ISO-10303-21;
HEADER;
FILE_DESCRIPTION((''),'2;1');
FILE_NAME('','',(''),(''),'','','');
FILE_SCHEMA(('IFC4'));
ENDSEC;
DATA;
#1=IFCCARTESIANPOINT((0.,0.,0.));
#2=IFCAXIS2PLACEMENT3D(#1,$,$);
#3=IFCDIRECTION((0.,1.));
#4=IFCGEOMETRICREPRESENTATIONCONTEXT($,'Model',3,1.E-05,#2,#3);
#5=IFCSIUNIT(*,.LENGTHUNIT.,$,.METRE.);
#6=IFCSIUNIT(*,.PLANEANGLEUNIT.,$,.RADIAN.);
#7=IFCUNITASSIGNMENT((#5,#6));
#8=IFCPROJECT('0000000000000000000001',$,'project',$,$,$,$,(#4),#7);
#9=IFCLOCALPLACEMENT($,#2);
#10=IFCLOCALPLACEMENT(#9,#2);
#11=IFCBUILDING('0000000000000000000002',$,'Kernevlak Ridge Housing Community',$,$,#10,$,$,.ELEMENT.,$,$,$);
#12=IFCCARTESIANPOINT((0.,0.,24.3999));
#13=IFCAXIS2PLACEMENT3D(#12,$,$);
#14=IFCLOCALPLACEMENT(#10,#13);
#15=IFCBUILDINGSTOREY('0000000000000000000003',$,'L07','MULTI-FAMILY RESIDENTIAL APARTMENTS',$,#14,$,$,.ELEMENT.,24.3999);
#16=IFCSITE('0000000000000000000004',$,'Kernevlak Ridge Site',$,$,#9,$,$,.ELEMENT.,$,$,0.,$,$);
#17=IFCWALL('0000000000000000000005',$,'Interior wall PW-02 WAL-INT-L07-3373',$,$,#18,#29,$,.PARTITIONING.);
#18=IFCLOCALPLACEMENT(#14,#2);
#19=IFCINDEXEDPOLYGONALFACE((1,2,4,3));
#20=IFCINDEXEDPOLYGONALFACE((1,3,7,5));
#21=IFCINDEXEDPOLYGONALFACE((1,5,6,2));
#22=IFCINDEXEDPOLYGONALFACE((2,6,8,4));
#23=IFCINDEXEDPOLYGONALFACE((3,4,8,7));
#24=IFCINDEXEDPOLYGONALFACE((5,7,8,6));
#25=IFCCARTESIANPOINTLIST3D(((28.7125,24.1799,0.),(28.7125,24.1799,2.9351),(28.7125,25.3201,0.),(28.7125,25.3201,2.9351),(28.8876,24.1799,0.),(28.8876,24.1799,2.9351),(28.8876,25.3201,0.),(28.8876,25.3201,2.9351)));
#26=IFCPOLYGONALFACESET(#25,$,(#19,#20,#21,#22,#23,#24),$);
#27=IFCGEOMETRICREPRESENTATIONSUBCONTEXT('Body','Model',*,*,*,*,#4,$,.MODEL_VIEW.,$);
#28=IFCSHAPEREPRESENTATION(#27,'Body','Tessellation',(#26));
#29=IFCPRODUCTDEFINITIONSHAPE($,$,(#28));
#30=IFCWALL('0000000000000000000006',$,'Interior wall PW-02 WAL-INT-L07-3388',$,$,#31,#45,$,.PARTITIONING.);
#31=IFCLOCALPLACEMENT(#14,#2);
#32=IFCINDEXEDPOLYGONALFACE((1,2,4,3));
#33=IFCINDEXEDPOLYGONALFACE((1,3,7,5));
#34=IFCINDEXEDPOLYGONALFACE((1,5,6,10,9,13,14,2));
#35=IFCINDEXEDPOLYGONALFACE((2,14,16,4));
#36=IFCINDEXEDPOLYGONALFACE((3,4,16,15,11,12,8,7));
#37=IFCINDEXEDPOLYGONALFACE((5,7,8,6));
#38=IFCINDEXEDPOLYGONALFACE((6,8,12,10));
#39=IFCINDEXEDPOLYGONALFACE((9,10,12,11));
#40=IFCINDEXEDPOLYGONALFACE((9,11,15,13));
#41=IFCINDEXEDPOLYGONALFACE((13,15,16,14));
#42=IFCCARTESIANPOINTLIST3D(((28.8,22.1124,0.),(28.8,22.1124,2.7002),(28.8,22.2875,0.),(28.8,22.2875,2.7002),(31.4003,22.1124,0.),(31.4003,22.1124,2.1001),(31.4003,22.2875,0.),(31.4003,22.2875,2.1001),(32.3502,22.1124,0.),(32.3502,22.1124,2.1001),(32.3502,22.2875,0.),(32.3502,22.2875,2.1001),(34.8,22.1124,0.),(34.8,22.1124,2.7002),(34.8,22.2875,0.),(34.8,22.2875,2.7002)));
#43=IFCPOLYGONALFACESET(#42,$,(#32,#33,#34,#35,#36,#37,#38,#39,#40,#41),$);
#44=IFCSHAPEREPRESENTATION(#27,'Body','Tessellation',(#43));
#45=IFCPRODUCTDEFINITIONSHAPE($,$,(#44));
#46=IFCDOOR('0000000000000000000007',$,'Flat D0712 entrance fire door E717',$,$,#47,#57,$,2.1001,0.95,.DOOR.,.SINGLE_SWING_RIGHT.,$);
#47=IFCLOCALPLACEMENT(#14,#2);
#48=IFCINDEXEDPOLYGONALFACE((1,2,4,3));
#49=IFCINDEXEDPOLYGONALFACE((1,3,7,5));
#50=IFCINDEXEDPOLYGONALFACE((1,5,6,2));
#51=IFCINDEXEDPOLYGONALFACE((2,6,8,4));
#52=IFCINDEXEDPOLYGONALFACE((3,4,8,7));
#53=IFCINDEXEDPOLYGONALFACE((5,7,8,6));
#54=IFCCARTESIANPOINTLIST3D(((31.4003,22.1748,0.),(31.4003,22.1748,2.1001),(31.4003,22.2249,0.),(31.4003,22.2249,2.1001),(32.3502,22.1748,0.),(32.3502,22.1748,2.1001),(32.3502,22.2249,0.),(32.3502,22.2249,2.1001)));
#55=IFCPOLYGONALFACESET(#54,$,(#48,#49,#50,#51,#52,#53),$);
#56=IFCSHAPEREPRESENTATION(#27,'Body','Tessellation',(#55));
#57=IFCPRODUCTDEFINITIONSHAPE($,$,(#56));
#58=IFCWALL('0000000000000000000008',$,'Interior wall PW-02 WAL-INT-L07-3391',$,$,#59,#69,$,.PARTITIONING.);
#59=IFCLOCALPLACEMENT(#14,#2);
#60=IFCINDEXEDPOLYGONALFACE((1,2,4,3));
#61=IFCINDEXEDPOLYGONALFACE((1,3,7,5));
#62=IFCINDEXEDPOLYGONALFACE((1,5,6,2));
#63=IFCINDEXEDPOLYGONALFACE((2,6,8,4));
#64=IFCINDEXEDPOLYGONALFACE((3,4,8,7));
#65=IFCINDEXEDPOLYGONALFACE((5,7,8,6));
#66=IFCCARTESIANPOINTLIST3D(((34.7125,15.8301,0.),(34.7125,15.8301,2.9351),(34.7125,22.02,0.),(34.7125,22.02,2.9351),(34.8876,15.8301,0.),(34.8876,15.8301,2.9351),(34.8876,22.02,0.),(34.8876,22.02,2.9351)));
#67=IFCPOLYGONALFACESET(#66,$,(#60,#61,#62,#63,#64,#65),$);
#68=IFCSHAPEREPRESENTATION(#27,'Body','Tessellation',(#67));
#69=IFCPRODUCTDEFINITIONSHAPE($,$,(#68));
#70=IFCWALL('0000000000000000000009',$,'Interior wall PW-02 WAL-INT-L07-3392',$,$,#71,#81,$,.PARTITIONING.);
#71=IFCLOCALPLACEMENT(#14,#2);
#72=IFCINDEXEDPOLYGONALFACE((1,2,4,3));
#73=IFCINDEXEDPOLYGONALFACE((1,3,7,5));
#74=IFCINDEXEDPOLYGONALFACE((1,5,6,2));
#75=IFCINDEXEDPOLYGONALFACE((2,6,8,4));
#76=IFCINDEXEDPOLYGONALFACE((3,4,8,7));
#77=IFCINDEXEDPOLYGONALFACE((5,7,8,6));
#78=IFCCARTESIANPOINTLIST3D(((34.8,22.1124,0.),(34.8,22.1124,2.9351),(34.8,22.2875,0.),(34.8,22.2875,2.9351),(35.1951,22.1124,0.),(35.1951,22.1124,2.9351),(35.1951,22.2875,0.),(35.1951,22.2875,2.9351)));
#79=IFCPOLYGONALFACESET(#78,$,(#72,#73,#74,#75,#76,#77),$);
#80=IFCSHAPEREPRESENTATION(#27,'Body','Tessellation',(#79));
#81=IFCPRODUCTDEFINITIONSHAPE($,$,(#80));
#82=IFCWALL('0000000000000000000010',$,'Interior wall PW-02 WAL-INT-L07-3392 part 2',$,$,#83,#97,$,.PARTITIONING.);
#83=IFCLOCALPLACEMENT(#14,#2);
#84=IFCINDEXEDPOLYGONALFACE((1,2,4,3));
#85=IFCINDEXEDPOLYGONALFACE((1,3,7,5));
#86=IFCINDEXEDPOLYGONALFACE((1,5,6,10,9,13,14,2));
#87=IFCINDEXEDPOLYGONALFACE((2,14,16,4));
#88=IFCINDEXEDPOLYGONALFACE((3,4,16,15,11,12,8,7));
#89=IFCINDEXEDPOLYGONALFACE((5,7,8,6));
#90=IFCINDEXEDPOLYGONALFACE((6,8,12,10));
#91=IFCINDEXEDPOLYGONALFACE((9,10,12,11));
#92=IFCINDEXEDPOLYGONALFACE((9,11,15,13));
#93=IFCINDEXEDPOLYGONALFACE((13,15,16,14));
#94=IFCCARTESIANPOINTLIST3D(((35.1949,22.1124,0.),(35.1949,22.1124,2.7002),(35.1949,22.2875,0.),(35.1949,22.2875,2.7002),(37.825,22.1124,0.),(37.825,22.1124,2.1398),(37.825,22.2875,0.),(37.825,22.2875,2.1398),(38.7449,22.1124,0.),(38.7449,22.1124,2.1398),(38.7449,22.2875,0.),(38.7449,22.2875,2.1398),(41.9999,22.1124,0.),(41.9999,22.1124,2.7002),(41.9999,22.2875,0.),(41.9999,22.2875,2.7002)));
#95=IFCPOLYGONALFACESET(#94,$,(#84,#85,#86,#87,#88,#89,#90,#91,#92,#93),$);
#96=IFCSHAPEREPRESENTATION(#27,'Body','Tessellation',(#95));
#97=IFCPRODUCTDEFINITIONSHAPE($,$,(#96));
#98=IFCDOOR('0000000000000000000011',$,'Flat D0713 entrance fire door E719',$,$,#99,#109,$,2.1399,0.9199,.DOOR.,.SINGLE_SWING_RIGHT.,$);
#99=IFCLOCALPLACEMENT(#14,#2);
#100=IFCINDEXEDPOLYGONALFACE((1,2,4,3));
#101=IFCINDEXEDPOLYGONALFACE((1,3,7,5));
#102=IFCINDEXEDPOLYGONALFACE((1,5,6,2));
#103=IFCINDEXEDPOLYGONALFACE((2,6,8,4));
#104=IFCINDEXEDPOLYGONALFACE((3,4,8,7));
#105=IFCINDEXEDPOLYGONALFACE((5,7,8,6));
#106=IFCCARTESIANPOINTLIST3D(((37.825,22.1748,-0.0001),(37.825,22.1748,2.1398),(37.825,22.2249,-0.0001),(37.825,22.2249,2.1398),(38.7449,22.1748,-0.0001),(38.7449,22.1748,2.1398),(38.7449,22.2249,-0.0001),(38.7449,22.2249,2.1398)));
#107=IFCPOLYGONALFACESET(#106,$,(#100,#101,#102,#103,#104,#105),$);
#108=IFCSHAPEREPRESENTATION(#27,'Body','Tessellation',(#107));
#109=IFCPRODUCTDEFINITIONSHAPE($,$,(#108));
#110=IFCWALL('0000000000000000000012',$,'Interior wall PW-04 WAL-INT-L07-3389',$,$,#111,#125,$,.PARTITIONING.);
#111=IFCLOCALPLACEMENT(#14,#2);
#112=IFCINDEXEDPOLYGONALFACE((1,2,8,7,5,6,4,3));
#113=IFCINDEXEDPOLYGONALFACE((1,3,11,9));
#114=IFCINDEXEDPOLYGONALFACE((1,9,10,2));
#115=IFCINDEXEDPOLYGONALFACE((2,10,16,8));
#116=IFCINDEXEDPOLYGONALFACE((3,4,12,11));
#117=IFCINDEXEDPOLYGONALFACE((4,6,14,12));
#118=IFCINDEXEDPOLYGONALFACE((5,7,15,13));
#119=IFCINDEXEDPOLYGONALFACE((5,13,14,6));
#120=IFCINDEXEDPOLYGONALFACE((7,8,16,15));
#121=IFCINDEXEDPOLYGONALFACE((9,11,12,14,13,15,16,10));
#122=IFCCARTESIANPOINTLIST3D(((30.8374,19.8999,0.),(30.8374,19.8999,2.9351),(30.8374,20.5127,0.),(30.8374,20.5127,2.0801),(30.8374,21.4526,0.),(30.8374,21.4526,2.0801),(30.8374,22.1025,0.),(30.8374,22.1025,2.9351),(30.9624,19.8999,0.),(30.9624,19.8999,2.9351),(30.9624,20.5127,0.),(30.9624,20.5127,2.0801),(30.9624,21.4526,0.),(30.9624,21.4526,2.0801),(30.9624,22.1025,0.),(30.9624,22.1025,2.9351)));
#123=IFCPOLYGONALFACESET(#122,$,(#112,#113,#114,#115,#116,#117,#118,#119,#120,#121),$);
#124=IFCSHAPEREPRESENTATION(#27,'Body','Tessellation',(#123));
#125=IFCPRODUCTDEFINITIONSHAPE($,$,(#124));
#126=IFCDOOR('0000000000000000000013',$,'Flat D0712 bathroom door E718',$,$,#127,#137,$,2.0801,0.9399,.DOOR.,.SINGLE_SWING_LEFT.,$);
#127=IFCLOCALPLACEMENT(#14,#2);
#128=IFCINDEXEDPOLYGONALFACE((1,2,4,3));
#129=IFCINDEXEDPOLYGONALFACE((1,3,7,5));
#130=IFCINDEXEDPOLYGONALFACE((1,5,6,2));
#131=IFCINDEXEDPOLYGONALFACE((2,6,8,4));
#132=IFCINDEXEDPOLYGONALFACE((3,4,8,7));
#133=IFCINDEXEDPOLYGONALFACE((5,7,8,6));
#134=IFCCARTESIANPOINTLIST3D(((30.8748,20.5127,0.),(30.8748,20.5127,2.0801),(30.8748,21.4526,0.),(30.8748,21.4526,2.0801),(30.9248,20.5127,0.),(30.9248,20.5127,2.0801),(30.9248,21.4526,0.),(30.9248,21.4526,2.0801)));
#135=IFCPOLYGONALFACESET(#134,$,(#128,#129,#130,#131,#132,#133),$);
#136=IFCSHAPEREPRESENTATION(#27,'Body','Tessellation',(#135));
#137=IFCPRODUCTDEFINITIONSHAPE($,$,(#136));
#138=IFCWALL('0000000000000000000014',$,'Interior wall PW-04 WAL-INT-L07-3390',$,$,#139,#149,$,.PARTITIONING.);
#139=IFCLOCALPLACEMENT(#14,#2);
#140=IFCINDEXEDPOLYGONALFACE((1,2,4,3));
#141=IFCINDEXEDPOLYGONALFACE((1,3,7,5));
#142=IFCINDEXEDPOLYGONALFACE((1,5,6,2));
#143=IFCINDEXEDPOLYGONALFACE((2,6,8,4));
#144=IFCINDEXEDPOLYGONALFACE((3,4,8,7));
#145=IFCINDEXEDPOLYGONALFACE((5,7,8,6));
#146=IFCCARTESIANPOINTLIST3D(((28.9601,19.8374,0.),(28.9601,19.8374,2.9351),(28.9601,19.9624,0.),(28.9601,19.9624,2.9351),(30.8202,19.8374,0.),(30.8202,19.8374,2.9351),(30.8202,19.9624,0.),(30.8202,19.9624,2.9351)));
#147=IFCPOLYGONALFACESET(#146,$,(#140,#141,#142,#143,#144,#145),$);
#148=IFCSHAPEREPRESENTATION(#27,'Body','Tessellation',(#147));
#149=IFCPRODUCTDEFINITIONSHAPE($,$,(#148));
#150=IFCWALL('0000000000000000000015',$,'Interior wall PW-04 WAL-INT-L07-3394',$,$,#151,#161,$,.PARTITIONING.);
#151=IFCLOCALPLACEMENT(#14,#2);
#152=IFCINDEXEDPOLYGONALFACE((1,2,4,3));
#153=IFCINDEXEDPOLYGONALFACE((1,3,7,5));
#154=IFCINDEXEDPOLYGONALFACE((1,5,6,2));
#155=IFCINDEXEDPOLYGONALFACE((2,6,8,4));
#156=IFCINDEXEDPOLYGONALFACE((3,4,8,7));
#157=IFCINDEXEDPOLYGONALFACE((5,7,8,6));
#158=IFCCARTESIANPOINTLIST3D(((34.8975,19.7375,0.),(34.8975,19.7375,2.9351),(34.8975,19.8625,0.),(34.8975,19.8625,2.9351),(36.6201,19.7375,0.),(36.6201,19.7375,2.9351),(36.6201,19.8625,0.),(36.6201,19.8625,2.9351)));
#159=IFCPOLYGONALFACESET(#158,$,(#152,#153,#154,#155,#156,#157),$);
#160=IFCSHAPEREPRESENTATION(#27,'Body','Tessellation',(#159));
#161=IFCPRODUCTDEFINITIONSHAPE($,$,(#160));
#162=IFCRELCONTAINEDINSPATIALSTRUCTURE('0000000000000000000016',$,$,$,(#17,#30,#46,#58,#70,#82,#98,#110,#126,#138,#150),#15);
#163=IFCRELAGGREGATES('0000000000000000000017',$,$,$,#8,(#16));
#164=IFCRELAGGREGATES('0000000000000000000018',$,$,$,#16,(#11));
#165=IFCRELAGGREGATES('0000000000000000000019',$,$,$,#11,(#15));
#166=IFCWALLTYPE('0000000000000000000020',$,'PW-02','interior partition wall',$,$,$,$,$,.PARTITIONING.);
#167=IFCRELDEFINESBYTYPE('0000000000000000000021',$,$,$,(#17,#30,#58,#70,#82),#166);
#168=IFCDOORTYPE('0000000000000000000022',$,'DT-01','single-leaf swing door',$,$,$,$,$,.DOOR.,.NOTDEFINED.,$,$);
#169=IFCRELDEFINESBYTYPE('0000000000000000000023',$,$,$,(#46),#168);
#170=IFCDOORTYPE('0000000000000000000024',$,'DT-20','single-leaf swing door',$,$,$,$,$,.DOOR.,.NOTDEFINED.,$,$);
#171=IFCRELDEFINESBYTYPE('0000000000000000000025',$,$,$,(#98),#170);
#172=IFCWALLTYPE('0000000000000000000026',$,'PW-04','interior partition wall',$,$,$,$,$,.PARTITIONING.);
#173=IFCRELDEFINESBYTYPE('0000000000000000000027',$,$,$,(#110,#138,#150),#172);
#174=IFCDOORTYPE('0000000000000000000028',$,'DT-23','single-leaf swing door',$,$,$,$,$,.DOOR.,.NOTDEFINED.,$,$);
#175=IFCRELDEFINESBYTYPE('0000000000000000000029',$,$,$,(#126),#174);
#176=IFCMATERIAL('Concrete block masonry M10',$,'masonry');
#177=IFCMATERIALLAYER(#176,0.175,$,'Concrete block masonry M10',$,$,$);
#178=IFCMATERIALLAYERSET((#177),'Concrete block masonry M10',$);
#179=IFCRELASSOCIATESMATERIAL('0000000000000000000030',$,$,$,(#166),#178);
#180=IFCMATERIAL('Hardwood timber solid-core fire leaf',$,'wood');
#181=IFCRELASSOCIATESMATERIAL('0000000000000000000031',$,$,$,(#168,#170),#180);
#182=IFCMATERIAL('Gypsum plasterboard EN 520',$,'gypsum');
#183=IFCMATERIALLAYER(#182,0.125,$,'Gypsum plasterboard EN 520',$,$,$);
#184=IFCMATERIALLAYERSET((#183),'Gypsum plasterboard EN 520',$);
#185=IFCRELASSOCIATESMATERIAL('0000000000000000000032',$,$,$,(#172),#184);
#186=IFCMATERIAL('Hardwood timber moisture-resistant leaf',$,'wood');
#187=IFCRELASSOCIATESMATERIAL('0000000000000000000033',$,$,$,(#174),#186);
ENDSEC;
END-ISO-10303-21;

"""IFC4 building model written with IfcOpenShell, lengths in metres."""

from ifc_helpers import new_model, si_unit, direction, frame, frame_2d, origin, place, context, subcontext, project, spatial, rectangle, extrude, material, layer, layer_set, type_object, element, fill, save


model = new_model("IFC4")

# Units and contexts
model_context = context("Model", 3, precision=1e-05, world=origin(), true_north=direction((0.0, 1.0)))
body_context = subcontext(model_context, "Body", "Model", "MODEL_VIEW")
ifc_project = project(units=[si_unit("LENGTHUNIT", "METRE"), si_unit("PLANEANGLEUNIT", "RADIAN")], contexts=[model_context])

# Site, building, storey
site_placement = place(None, origin())
site = spatial("IfcSite", under=ifc_project, at=site_placement, Name="Kernevlak Ridge Site", CompositionType="ELEMENT", RefElevation=0.0)
building_placement = place(site_placement, origin())
building = spatial("IfcBuilding", under=site, at=building_placement, Name="Kernevlak Ridge Housing Community", CompositionType="ELEMENT")
storey_placement = place(building_placement, frame((0.0, 0.0, 24.3999)))
storey = spatial("IfcBuildingStorey", under=building, at=storey_placement, Name="L07", Description="MULTI-FAMILY RESIDENTIAL APARTMENTS", CompositionType="ELEMENT", Elevation=24.3999)

# Shared definitions
ifc_material_1 = material(Name="Concrete block masonry M10", Category="masonry")

# Shared definitions
ifc_layer_1 = layer(ifc_material_1, 0.175, Name="Concrete block masonry M10")
ifc_layer_set_1 = layer_set([ifc_layer_1], Name="Concrete block masonry M10")
wall_type_1 = type_object("IfcWallType", Name="PW-02", Description="interior partition wall", PredefinedType="PARTITIONING", material=ifc_layer_set_1)

# Wall
wall_1_placement = place(storey_placement, frame((28.8, 24.1799, 0.0), z_axis=(0.0, 0.0, 1.0), x_axis=(0.0, 1.0, 0.0)))
element("IfcWall", 1, at=wall_1_placement, inside=storey, type_object=wall_type_1, Name="Interior wall PW-02 WAL-INT-L07-3373", PredefinedType="PARTITIONING", context=body_context, shape_type="SweptSolid", body=[
    extrude(rectangle(XDim=1.1401, YDim=0.175, at=frame_2d((0.5701, 0.0))), origin(), (0.0, 0.0, 1.0), 2.9351),
])

# Wall, opening, door
wall_2_placement = place(storey_placement, frame((28.8, 22.2, 0.0), z_axis=(0.0, 0.0, 1.0), x_axis=(1.0, 0.0, 0.0)))
wall_2 = element("IfcWall", 2, at=wall_2_placement, inside=storey, type_object=wall_type_1, Name="Interior wall PW-02 WAL-INT-L07-3388", PredefinedType="PARTITIONING", context=body_context, shape_type="SweptSolid", body=[
    extrude(rectangle(XDim=6.0, YDim=0.175, at=frame_2d((3.0, 0.0))), origin(), (0.0, 0.0, 1.0), 2.7002),
])
opening_1_placement = place(wall_2_placement, frame((2.6001, 0.0, 0.0)))
opening_1 = element("IfcOpeningElement", 3, at=opening_1_placement, cuts=wall_2, PredefinedType="OPENING", context=body_context, shape_type="SweptSolid", body=[
    extrude(rectangle(XDim=0.95, YDim=2.1001, at=frame_2d((0.4751, 1.05))), frame((0.0, 0.0974, 0.0), z_axis=(0.0, -1.0, 0.0), x_axis=(1.0, 0.0, 0.0)), (0.0, 0.0, 1.0), 0.1951),
])
ifc_material_2 = material(Name="Hardwood timber solid-core fire leaf", Category="wood")
door_type_1 = type_object("IfcDoorType", Name="DT-01", Description="single-leaf swing door", OperationType="NOTDEFINED", PredefinedType="DOOR", material=ifc_material_2)
door_1_placement = place(opening_1_placement, origin())
door_1 = element("IfcDoor", 4, at=door_1_placement, inside=storey, type_object=door_type_1, Name="Flat D0712 entrance fire door E717", OperationType="SINGLE_SWING_RIGHT", OverallHeight=2.1001, OverallWidth=0.95, PredefinedType="DOOR", context=body_context, shape_type="SweptSolid", body=[
    extrude(rectangle(XDim=0.95, YDim=2.1001, at=frame_2d((0.4751, 1.05))), frame((0.0, 0.0249, 0.0), z_axis=(0.0, -1.0, 0.0), x_axis=(1.0, 0.0, 0.0)), (0.0, 0.0, 1.0), 0.05),
])
fill(opening_1, door_1)

# Walls
wall_3_placement = place(storey_placement, frame((34.8, 22.02, 0.0), z_axis=(0.0, 0.0, 1.0), x_axis=(0.0, -1.0, 0.0)))
element("IfcWall", 5, at=wall_3_placement, inside=storey, type_object=wall_type_1, Name="Interior wall PW-02 WAL-INT-L07-3391", PredefinedType="PARTITIONING", context=body_context, shape_type="SweptSolid", body=[
    extrude(rectangle(XDim=6.1899, YDim=0.175, at=frame_2d((3.095, 0.0))), origin(), (0.0, 0.0, 1.0), 2.9351),
])
wall_4_placement = place(storey_placement, frame((34.8, 22.2, 0.0), z_axis=(0.0, 0.0, 1.0), x_axis=(1.0, 0.0, 0.0)))
element("IfcWall", 6, at=wall_4_placement, inside=storey, type_object=wall_type_1, Name="Interior wall PW-02 WAL-INT-L07-3392", PredefinedType="PARTITIONING", context=body_context, shape_type="SweptSolid", body=[
    extrude(rectangle(XDim=0.395, YDim=0.175, at=frame_2d((0.1975, 0.0))), origin(), (0.0, 0.0, 1.0), 2.9351),
])

# Walls, openings, doors
wall_5_placement = place(storey_placement, frame((35.1951, 22.2, 0.0), z_axis=(0.0, 0.0, 1.0), x_axis=(1.0, 0.0, 0.0)))
wall_5 = element("IfcWall", 7, at=wall_5_placement, inside=storey, type_object=wall_type_1, Name="Interior wall PW-02 WAL-INT-L07-3392 part 2", PredefinedType="PARTITIONING", context=body_context, shape_type="SweptSolid", body=[
    extrude(rectangle(XDim=6.8049, YDim=0.175, at=frame_2d((3.4023, 0.0))), origin(), (0.0, 0.0, 1.0), 2.7002),
])
opening_2_placement = place(wall_5_placement, frame((2.6299, 0.0, 0.0)))
opening_2 = element("IfcOpeningElement", 8, at=opening_2_placement, cuts=wall_5, PredefinedType="OPENING", context=body_context, shape_type="SweptSolid", body=[
    extrude(rectangle(XDim=0.9199, YDim=2.1399, at=frame_2d((0.46, 1.0698))), frame((0.0, 0.0974, 0.0), z_axis=(0.0, -1.0, 0.0), x_axis=(1.0, 0.0, 0.0)), (0.0, 0.0, 1.0), 0.1951),
])
door_type_2 = type_object("IfcDoorType", Name="DT-20", Description="single-leaf swing door", OperationType="NOTDEFINED", PredefinedType="DOOR", material=ifc_material_2)
door_2_placement = place(opening_2_placement, origin())
door_2 = element("IfcDoor", 9, at=door_2_placement, inside=storey, type_object=door_type_2, Name="Flat D0713 entrance fire door E719", OperationType="SINGLE_SWING_RIGHT", OverallHeight=2.1399, OverallWidth=0.9199, PredefinedType="DOOR", context=body_context, shape_type="SweptSolid", body=[
    extrude(rectangle(XDim=0.9199, YDim=2.1399, at=frame_2d((0.46, 1.0698))), frame((0.0, 0.0249, 0.0), z_axis=(0.0, -1.0, 0.0), x_axis=(1.0, 0.0, 0.0)), (0.0, 0.0, 1.0), 0.05),
])
fill(opening_2, door_2)
ifc_material_3 = material(Name="Gypsum plasterboard EN 520", Category="gypsum")
ifc_layer_2 = layer(ifc_material_3, 0.125, Name="Gypsum plasterboard EN 520")
ifc_layer_set_2 = layer_set([ifc_layer_2], Name="Gypsum plasterboard EN 520")
wall_type_2 = type_object("IfcWallType", Name="PW-04", Description="interior partition wall", PredefinedType="PARTITIONING", material=ifc_layer_set_2)
wall_6_placement = place(storey_placement, frame((30.8999, 22.1025, 0.0), z_axis=(0.0, 0.0, 1.0), x_axis=(0.0, -1.0, 0.0)))
wall_6 = element("IfcWall", 10, at=wall_6_placement, inside=storey, type_object=wall_type_2, Name="Interior wall PW-04 WAL-INT-L07-3389", PredefinedType="PARTITIONING", context=body_context, shape_type="SweptSolid", body=[
    extrude(rectangle(XDim=2.2026, YDim=0.125, at=frame_2d((1.1013, 0.0))), origin(), (0.0, 0.0, 1.0), 2.9351),
])
opening_3_placement = place(wall_6_placement, frame((0.6499, 0.0, 0.0)))
opening_3 = element("IfcOpeningElement", 11, at=opening_3_placement, cuts=wall_6, PredefinedType="OPENING", context=body_context, shape_type="SweptSolid", body=[
    extrude(rectangle(XDim=0.9399, YDim=2.0801, at=frame_2d((0.47, 1.04))), frame((0.0, 0.0725, 0.0), z_axis=(0.0, -1.0, 0.0), x_axis=(1.0, 0.0, 0.0)), (0.0, 0.0, 1.0), 0.145),
])
ifc_material_4 = material(Name="Hardwood timber moisture-resistant leaf", Category="wood")
door_type_3 = type_object("IfcDoorType", Name="DT-23", Description="single-leaf swing door", OperationType="NOTDEFINED", PredefinedType="DOOR", material=ifc_material_4)
door_3_placement = place(opening_3_placement, origin())
door_3 = element("IfcDoor", 12, at=door_3_placement, inside=storey, type_object=door_type_3, Name="Flat D0712 bathroom door E718", OperationType="SINGLE_SWING_LEFT", OverallHeight=2.0801, OverallWidth=0.9399, PredefinedType="DOOR", context=body_context, shape_type="SweptSolid", body=[
    extrude(rectangle(XDim=0.9399, YDim=2.0801, at=frame_2d((0.47, 1.04))), frame((0.0, 0.0249, 0.0), z_axis=(0.0, -1.0, 0.0), x_axis=(1.0, 0.0, 0.0)), (0.0, 0.0, 1.0), 0.05),
])
fill(opening_3, door_3)

# Walls
wall_7_placement = place(storey_placement, frame((28.96, 19.8999, 0.0), z_axis=(0.0, 0.0, 1.0), x_axis=(1.0, 0.0, 0.0)))
element("IfcWall", 13, at=wall_7_placement, inside=storey, type_object=wall_type_2, Name="Interior wall PW-04 WAL-INT-L07-3390", PredefinedType="PARTITIONING", context=body_context, shape_type="SweptSolid", body=[
    extrude(rectangle(XDim=1.8601, YDim=0.125, at=frame_2d((0.9302, 0.0))), origin(), (0.0, 0.0, 1.0), 2.9351),
])
wall_8_placement = place(storey_placement, frame((34.8975, 19.8, 0.0), z_axis=(0.0, 0.0, 1.0), x_axis=(1.0, 0.0, 0.0)))
element("IfcWall", 14, at=wall_8_placement, inside=storey, type_object=wall_type_2, Name="Interior wall PW-04 WAL-INT-L07-3394", PredefinedType="PARTITIONING", context=body_context, shape_type="SweptSolid", body=[
    extrude(rectangle(XDim=1.7227, YDim=0.125, at=frame_2d((0.8613, 0.0))), origin(), (0.0, 0.0, 1.0), 2.9351),
])

save(model, "model.ifc")
